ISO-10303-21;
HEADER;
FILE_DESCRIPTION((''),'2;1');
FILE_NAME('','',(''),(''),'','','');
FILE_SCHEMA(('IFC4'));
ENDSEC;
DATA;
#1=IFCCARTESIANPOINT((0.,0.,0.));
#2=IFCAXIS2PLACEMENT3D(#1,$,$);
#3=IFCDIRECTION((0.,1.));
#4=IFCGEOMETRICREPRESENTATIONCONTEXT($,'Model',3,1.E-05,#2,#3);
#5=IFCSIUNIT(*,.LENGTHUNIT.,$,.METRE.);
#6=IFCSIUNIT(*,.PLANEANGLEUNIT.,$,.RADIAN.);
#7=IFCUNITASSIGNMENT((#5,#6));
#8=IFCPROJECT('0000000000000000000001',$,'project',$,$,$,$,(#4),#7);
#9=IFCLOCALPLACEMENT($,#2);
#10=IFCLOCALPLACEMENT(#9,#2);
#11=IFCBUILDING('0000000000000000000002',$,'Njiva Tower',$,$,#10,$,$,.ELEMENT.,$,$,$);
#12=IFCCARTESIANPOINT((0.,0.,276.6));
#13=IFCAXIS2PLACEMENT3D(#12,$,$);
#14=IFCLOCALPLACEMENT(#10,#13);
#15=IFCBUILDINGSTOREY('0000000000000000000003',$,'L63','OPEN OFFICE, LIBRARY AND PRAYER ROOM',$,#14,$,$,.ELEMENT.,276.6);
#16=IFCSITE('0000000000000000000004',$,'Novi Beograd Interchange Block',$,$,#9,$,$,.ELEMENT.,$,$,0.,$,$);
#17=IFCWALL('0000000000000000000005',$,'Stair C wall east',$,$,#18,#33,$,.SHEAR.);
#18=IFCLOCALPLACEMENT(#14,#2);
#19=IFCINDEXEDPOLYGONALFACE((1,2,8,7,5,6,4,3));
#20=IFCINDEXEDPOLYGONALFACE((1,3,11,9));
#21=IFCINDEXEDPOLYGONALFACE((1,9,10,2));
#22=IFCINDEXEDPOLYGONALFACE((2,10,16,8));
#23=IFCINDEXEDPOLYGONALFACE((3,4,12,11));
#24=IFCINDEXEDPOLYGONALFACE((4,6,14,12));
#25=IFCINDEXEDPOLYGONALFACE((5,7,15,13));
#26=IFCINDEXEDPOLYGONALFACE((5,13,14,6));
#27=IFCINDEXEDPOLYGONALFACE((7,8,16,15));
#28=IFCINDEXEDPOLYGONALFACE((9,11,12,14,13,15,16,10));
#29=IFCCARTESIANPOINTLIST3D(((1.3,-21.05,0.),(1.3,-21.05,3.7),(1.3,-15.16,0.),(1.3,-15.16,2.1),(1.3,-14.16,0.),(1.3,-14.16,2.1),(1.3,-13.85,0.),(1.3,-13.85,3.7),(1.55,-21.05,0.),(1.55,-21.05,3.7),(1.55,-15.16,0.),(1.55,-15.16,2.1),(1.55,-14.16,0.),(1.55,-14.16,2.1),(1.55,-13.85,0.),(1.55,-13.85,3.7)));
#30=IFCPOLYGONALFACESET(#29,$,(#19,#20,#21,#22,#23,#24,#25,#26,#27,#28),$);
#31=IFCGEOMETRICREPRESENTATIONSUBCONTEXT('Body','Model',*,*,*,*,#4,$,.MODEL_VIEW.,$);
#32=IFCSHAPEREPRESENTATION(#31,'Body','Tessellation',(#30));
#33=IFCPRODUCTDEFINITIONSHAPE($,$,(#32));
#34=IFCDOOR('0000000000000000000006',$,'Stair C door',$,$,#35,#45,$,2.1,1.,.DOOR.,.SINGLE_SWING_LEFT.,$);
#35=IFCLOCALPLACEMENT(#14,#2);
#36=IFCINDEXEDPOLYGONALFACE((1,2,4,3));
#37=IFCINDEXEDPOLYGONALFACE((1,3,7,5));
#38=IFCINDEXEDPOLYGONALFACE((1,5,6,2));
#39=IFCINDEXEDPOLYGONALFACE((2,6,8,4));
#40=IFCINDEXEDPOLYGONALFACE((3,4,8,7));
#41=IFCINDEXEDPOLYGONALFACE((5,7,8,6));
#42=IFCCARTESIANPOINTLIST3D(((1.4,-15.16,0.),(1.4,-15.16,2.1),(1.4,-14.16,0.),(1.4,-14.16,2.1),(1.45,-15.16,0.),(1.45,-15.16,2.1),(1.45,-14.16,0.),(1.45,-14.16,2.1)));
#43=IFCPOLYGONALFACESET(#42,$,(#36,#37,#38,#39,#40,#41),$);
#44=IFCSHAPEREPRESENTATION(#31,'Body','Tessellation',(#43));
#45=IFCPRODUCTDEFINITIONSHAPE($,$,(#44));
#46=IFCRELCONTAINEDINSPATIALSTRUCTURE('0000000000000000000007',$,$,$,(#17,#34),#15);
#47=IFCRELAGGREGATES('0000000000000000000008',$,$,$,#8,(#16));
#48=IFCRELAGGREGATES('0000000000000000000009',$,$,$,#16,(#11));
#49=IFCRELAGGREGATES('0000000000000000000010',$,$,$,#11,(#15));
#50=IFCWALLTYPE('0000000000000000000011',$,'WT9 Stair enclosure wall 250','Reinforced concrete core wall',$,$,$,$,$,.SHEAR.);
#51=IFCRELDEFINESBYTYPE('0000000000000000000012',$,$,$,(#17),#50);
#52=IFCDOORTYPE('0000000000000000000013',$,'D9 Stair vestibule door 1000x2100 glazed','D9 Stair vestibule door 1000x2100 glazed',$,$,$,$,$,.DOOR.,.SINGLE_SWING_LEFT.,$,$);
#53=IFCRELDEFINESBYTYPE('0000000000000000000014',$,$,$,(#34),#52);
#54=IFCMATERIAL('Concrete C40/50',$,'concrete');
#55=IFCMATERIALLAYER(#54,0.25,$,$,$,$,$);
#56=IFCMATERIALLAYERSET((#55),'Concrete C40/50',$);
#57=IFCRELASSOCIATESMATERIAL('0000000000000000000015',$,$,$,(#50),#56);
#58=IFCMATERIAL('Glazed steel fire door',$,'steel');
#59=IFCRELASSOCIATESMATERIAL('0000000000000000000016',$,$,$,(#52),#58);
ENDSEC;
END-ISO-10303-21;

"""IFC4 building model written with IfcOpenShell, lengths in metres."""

from ifc_helpers import new_model, si_unit, direction, frame, frame_2d, origin, place, context, subcontext, project, spatial, rectangle, extrude, material, layer, layer_set, type_object, element, fill, save


model = new_model("IFC4")

# Units and contexts
model_context = context("Model", 3, precision=1e-05, world=origin(), true_north=direction((0.0, 1.0)))
body_context = subcontext(model_context, "Body", "Model", "MODEL_VIEW")
ifc_project = project(units=[si_unit("LENGTHUNIT", "METRE"), si_unit("PLANEANGLEUNIT", "RADIAN")], contexts=[model_context])

# Site, building, storey
site_placement = place(None, origin())
site = spatial("IfcSite", under=ifc_project, at=site_placement, Name="Novi Beograd Interchange Block", CompositionType="ELEMENT", RefElevation=0.0)
building_placement = place(site_placement, origin())
building = spatial("IfcBuilding", under=site, at=building_placement, Name="Njiva Tower", CompositionType="ELEMENT")
storey_placement = place(building_placement, frame((0.0, 0.0, 276.6)))
storey = spatial("IfcBuildingStorey", under=building, at=storey_placement, Name="L63", Description="OPEN OFFICE, LIBRARY AND PRAYER ROOM", CompositionType="ELEMENT", Elevation=276.6)

# Wall, opening, door
ifc_material_1 = material(Name="Concrete C40/50", Category="concrete")
ifc_layer_1 = layer(ifc_material_1, 0.25)
ifc_layer_set_1 = layer_set([ifc_layer_1], Name="Concrete C40/50")
wall_type_1 = type_object("IfcWallType", Name="WT9 Stair enclosure wall 250", Description="Reinforced concrete core wall", PredefinedType="SHEAR", material=ifc_layer_set_1)
wall_1_placement = place(storey_placement, frame((1.425, -21.05, 0.0), z_axis=(0.0, 0.0, 1.0), x_axis=(0.0, 1.0, 0.0)))
wall_1 = element("IfcWall", 1, at=wall_1_placement, inside=storey, type_object=wall_type_1, Name="Stair C wall east", PredefinedType="SHEAR", context=body_context, shape_type="SweptSolid", body=[
    extrude(rectangle(XDim=7.2, YDim=0.25, at=frame_2d((3.6, 0.0))), origin(), (0.0, 0.0, 1.0), 3.7),
])
opening_1_placement = place(wall_1_placement, frame((5.89, 0.0, 0.0)))
opening_1 = element("IfcOpeningElement", 2, at=opening_1_placement, cuts=wall_1, PredefinedType="OPENING", context=body_context, shape_type="SweptSolid", body=[
    extrude(rectangle(XDim=1.0, YDim=2.1, at=frame_2d((0.5, 1.05))), frame((0.0, 0.135, 0.0), z_axis=(0.0, -1.0, 0.0), x_axis=(1.0, 0.0, 0.0)), (0.0, 0.0, 1.0), 0.27),
])
ifc_material_2 = material(Name="Glazed steel fire door", Category="steel")
door_type = type_object("IfcDoorType", Name="D9 Stair vestibule door 1000x2100 glazed", Description="D9 Stair vestibule door 1000x2100 glazed", OperationType="SINGLE_SWING_LEFT", PredefinedType="DOOR", material=ifc_material_2)
door_placement = place(opening_1_placement, origin())
door = element("IfcDoor", 3, at=door_placement, inside=storey, type_object=door_type, Name="Stair C door", OperationType="SINGLE_SWING_LEFT", OverallHeight=2.1, OverallWidth=1.0, PredefinedType="DOOR", context=body_context, shape_type="SweptSolid", body=[
    extrude(rectangle(XDim=1.0, YDim=2.1, at=frame_2d((0.5, 1.05))), frame((0.0, 0.025, 0.0), z_axis=(0.0, -1.0, 0.0), x_axis=(1.0, 0.0, 0.0)), (0.0, 0.0, 1.0), 0.05),
])
fill(opening_1, door)

save(model, "model.ifc")
